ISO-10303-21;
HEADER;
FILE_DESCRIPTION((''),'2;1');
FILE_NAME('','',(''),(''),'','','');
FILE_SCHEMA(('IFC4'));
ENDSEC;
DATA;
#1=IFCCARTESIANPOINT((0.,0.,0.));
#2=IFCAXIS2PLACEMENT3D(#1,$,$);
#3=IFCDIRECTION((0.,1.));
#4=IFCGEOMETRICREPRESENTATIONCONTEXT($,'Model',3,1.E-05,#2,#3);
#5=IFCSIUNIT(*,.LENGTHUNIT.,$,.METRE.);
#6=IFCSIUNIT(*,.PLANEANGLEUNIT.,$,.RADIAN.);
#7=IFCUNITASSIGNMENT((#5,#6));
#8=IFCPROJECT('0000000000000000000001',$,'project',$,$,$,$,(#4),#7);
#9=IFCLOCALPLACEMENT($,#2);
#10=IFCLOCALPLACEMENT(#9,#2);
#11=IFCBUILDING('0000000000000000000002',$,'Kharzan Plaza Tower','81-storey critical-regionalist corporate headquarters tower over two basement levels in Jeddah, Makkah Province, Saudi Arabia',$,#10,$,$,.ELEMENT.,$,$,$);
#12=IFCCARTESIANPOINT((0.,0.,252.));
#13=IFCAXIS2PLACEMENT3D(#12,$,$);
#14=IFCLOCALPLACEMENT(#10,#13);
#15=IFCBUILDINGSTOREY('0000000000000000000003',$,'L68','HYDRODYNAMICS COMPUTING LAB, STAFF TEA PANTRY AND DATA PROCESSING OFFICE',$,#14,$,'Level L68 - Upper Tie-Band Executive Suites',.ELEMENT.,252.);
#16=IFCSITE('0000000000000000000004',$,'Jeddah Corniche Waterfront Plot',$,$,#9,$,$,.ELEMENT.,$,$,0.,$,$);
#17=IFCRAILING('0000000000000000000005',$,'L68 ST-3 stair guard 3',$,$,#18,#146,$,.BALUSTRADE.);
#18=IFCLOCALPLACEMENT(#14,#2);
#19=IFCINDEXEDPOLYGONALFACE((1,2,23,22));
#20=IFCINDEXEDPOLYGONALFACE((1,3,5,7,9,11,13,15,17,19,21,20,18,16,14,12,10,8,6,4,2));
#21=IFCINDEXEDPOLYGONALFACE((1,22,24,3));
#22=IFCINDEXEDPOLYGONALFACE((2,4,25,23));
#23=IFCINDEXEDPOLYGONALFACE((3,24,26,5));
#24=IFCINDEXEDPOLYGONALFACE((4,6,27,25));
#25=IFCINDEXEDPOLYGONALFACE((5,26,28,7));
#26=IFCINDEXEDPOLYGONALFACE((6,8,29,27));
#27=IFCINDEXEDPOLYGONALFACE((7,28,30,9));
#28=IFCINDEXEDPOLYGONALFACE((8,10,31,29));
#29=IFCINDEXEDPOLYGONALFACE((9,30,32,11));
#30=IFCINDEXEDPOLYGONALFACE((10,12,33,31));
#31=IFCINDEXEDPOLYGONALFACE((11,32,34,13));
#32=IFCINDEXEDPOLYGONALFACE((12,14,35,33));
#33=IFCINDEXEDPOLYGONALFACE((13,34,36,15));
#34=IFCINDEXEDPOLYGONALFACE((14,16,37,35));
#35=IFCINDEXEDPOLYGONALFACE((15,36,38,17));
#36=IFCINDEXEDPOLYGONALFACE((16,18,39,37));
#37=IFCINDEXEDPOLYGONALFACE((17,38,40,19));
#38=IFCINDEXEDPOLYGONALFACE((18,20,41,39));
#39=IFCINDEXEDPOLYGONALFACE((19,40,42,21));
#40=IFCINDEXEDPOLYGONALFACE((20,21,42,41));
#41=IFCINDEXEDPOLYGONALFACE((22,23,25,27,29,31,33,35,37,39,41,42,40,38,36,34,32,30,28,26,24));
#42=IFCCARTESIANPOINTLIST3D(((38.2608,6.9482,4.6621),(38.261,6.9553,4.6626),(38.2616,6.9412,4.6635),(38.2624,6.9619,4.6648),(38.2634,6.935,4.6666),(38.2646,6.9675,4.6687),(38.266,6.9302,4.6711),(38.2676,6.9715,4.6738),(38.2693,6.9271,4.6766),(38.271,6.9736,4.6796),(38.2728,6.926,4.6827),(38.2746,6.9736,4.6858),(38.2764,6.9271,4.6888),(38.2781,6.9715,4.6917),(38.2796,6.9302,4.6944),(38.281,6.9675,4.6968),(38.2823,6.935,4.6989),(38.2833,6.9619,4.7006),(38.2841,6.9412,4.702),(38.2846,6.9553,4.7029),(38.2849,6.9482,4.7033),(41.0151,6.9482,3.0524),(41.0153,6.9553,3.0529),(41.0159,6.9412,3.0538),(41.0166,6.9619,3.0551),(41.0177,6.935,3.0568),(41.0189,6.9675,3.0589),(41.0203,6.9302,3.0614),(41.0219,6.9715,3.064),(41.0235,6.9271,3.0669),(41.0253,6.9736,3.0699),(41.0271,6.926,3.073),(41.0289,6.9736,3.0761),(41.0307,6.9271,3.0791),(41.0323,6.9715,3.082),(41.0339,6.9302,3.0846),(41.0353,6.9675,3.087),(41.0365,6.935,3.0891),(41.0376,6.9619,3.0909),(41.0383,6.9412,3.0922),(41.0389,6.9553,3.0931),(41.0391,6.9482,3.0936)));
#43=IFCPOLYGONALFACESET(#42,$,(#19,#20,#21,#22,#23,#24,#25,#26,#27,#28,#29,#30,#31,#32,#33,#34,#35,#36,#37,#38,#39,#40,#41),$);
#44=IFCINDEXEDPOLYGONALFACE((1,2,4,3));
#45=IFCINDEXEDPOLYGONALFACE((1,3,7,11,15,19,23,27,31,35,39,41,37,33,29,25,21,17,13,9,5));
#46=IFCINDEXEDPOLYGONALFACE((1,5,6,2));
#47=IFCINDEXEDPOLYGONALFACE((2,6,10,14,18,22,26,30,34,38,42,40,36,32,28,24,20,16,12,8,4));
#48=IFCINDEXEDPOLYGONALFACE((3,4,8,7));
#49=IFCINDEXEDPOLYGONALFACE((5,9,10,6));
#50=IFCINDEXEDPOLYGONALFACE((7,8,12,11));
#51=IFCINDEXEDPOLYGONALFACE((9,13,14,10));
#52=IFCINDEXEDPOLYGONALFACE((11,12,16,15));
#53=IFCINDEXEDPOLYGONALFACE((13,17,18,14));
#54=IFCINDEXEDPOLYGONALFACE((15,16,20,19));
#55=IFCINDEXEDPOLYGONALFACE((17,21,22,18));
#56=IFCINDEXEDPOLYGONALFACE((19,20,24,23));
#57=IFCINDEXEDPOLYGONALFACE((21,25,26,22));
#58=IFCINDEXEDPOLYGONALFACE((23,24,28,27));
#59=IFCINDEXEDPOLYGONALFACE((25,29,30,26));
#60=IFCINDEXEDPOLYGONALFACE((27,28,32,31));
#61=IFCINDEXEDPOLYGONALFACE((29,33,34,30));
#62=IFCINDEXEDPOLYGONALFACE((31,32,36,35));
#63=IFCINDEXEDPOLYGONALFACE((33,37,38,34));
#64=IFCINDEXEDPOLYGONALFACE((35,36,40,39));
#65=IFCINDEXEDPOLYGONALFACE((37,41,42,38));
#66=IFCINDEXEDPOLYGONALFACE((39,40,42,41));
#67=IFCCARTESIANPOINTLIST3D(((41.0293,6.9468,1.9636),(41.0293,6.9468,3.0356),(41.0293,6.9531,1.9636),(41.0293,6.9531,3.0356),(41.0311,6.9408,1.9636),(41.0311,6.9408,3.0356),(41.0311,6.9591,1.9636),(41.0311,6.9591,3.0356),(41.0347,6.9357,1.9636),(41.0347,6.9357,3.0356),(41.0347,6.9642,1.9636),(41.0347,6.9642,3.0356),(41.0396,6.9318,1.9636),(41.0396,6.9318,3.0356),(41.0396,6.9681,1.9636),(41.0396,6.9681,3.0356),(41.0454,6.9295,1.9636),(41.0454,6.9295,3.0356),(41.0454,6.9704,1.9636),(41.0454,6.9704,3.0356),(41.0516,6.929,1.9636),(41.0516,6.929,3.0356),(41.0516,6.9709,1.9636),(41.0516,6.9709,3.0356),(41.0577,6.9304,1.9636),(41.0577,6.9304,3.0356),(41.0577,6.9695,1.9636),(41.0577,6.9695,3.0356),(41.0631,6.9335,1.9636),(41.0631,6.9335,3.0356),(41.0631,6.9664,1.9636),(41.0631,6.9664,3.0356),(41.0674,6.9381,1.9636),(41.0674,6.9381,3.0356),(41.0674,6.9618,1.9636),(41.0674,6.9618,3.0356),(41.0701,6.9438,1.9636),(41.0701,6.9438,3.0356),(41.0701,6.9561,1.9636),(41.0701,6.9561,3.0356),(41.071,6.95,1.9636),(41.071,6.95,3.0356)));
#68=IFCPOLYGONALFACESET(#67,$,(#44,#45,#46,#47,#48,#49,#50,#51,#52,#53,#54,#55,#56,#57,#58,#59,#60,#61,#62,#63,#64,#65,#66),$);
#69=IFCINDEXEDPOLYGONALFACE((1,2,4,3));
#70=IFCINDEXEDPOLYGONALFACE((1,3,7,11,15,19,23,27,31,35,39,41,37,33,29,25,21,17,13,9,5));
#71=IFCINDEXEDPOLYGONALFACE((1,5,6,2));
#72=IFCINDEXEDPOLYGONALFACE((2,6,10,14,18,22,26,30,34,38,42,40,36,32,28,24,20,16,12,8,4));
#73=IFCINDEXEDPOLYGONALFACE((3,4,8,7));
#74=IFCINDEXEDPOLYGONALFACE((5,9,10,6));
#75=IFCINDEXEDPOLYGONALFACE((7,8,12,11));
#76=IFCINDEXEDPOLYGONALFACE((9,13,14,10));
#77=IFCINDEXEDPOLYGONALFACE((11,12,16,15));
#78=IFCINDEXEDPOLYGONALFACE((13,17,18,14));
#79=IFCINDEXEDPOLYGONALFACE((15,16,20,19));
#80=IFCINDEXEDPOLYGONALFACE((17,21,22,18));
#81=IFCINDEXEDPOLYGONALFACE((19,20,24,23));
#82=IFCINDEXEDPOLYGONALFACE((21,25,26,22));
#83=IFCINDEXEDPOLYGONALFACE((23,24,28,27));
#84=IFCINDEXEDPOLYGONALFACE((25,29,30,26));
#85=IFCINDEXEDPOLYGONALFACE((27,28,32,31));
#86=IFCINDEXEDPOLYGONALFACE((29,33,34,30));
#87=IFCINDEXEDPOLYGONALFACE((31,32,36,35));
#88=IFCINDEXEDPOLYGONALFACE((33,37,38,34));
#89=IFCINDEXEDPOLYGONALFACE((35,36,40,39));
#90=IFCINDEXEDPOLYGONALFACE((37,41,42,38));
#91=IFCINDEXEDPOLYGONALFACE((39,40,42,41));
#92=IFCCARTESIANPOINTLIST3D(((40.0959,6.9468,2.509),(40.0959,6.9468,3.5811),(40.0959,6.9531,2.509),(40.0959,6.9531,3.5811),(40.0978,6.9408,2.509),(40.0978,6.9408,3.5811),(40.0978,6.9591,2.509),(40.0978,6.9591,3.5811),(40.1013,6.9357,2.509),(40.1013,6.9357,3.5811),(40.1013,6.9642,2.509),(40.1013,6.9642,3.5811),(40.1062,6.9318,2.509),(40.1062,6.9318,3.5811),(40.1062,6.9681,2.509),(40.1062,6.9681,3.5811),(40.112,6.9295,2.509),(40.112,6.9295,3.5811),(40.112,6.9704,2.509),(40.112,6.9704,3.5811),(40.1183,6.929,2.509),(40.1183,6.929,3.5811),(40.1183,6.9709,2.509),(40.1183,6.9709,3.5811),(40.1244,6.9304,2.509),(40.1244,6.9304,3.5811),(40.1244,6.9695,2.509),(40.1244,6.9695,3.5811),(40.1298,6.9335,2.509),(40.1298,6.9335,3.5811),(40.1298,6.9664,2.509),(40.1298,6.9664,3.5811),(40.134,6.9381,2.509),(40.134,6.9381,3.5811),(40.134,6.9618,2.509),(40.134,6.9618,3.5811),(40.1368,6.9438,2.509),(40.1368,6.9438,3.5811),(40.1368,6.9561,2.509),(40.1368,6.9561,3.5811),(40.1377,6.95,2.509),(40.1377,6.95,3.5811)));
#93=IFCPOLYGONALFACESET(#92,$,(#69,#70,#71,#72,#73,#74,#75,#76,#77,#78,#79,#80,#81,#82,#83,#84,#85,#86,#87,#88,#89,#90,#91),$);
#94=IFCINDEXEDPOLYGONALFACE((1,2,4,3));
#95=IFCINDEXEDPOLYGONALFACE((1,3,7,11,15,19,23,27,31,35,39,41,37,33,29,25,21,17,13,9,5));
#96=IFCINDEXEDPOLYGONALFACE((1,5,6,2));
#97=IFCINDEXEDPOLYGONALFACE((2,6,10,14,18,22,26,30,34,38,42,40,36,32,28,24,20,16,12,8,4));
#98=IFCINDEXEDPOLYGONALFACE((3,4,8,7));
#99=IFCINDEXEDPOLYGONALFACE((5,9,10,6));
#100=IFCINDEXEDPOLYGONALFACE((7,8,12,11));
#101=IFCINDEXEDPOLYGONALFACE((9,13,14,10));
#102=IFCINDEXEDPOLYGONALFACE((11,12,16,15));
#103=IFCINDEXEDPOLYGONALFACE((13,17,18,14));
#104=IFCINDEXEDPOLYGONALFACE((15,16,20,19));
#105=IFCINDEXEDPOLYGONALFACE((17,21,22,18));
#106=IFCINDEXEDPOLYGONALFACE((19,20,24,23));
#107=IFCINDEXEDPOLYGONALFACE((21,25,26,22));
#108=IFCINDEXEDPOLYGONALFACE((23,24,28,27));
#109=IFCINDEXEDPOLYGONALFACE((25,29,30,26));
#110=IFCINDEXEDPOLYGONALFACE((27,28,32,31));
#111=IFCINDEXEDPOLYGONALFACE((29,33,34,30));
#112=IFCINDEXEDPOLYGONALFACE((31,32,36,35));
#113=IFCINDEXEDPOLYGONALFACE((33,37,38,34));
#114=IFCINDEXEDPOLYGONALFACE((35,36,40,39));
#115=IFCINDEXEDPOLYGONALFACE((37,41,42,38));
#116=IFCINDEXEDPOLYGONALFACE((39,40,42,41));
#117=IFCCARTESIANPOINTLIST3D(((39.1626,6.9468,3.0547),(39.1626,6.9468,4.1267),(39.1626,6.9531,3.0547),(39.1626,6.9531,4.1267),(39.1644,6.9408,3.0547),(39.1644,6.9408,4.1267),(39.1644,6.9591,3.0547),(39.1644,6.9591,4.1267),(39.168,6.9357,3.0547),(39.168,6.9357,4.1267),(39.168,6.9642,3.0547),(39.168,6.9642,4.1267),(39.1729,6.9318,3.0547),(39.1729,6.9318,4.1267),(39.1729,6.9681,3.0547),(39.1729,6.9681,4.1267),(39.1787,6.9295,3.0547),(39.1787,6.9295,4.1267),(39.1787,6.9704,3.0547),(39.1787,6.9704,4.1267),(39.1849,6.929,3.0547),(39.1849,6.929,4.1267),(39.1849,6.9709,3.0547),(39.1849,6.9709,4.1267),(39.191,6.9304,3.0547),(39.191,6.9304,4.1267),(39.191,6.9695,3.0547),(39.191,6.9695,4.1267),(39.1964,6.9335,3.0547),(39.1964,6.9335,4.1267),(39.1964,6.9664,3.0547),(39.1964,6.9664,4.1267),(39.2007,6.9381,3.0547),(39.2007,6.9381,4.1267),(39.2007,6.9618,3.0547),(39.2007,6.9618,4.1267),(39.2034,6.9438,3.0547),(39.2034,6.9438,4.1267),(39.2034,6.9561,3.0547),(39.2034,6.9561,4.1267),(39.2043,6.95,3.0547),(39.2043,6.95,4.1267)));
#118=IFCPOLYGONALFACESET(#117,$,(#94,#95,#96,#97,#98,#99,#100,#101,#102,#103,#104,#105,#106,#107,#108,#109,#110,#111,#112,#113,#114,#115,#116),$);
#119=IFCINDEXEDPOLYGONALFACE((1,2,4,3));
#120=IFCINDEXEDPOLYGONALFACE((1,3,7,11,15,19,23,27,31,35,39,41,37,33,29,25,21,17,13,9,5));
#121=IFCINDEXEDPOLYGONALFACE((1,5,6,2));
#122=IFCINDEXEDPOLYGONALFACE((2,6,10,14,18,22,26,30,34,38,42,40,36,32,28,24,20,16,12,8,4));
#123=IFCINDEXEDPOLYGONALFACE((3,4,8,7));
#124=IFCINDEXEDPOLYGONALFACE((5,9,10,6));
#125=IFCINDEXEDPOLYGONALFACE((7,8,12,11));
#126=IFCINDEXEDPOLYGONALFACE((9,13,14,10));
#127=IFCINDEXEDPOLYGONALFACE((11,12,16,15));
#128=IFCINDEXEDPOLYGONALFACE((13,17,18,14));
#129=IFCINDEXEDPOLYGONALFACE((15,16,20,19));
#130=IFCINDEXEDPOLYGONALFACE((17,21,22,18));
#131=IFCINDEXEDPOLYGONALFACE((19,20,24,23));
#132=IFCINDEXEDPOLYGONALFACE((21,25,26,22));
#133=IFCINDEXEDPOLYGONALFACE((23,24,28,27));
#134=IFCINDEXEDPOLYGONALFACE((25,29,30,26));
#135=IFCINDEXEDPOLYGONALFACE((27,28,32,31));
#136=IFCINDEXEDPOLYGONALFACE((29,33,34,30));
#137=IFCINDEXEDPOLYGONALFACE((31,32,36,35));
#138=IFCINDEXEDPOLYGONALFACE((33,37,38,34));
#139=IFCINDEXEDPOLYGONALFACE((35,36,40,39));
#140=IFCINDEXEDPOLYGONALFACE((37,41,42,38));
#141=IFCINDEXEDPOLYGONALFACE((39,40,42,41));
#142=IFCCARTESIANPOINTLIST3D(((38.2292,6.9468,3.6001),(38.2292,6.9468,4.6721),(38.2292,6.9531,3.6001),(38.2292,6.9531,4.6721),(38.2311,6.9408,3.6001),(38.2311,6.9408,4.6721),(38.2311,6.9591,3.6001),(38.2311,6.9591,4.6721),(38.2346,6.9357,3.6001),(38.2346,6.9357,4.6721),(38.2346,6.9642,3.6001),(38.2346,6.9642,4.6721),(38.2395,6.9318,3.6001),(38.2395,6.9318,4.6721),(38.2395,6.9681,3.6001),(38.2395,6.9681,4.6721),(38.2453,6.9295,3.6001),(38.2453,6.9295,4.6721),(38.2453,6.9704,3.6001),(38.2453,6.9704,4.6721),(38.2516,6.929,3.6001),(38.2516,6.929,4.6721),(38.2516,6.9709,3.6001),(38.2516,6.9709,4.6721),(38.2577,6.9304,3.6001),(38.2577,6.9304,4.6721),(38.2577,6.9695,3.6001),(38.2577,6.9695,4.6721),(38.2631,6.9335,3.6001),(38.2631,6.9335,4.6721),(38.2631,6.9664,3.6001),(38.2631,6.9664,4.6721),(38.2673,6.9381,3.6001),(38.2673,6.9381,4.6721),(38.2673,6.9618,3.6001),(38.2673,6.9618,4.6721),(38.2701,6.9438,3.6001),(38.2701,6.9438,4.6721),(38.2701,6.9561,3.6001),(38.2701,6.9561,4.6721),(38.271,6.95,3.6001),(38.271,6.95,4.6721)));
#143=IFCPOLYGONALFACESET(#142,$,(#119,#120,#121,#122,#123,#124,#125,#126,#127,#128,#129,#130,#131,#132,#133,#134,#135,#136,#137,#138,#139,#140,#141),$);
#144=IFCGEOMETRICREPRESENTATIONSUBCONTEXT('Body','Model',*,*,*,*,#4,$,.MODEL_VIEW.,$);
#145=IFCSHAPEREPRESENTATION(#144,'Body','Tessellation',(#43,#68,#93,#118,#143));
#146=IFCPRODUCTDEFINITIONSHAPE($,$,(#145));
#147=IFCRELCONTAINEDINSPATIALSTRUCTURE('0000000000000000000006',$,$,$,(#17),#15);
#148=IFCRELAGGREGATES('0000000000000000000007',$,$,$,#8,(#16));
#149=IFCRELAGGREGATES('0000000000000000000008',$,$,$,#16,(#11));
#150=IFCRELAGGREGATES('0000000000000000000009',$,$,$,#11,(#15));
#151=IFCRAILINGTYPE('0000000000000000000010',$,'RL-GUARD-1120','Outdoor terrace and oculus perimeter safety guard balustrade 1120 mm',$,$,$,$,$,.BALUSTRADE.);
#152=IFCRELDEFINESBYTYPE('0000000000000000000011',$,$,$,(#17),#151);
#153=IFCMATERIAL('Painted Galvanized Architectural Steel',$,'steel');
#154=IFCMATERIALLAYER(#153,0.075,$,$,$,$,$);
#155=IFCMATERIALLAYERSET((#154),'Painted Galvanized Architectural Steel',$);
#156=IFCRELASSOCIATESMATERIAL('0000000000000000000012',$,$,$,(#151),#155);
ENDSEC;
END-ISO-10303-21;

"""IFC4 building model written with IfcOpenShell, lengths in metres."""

from ifc_helpers import new_model, si_unit, direction, frame, origin, origin_2d, place, context, subcontext, project, spatial, circle, extrude, source, transform, mapped, material, layer, layer_set, type_object, element, save


model = new_model("IFC4")

# Units and contexts
model_context = context("Model", 3, precision=1e-05, world=origin(), true_north=direction((0.0, 1.0)))
body_context = subcontext(model_context, "Body", "Model", "MODEL_VIEW")
ifc_project = project(units=[si_unit("LENGTHUNIT", "METRE"), si_unit("PLANEANGLEUNIT", "RADIAN")], contexts=[model_context])

# Site, building, storey
site_placement = place(None, origin())
site = spatial("IfcSite", under=ifc_project, at=site_placement, Name="Jeddah Corniche Waterfront Plot", CompositionType="ELEMENT", RefElevation=0.0)
building_placement = place(site_placement, origin())
building = spatial("IfcBuilding", under=site, at=building_placement, Name="Kharzan Plaza Tower", Description="81-storey critical-regionalist corporate headquarters tower over two basement levels in Jeddah, Makkah Province, Saudi Arabia", CompositionType="ELEMENT")
storey_placement = place(building_placement, frame((0.0, 0.0, 252.0)))
storey = spatial("IfcBuildingStorey", under=building, at=storey_placement, Name="L68", Description="HYDRODYNAMICS COMPUTING LAB, STAFF TEA PANTRY AND DATA PROCESSING OFFICE", LongName="Level L68 - Upper Tie-Band Executive Suites", CompositionType="ELEMENT", Elevation=252.0)

# Railing
ifc_material_1 = material(Name="Painted Galvanized Architectural Steel", Category="steel")
ifc_layer_1 = layer(ifc_material_1, 0.075)
ifc_layer_set_1 = layer_set([ifc_layer_1], Name="Painted Galvanized Architectural Steel")
railing_type_1 = type_object("IfcRailingType", Name="RL-GUARD-1120", Description="Outdoor terrace and oculus perimeter safety guard balustrade 1120 mm", PredefinedType="BALUSTRADE", material=ifc_layer_set_1)
shared_shape_1 = source(origin(), body_context, "Body", "SweptSolid", [
    extrude(circle(Radius=0.0239, at=origin_2d()), frame((-0.0229, 0.0, 1.1094), z_axis=(-0.863361, 0.0, 0.504587), x_axis=(0.0, -1.0, 0.0)), (0.0, 0.0, 1.0), 3.1902),
    extrude(circle(Radius=0.021, at=origin_2d()), origin(), (0.0, 0.0, 1.0), 1.072),
    extrude(circle(Radius=0.021, at=origin_2d()), frame((-0.9333, 0.0, 0.5454)), (0.0, 0.0, 1.0), 1.072),
    extrude(circle(Radius=0.021, at=origin_2d()), frame((-1.8667, 0.0, 1.0911)), (0.0, 0.0, 1.0), 1.072),
    extrude(circle(Radius=0.021, at=origin_2d()), frame((-2.8, 0.0, 1.6365)), (0.0, 0.0, 1.0), 1.072),
])
railing_1_placement = place(storey_placement, frame((41.05, 6.95, 1.9636)))
element("IfcRailing", 1, at=railing_1_placement, inside=storey, type_object=railing_type_1, Name="L68 ST-3 stair guard 3", PredefinedType="BALUSTRADE", context=body_context, shape_type="MappedRepresentation", body=[
    mapped(shared_shape_1, transform((0.0, 0.0, 0.0), x_axis=(1.0, 0.0, 0.0), y_axis=(0.0, 1.0, 0.0), z_axis=(0.0, 0.0, 1.0))),
])

save(model, "model.ifc")
